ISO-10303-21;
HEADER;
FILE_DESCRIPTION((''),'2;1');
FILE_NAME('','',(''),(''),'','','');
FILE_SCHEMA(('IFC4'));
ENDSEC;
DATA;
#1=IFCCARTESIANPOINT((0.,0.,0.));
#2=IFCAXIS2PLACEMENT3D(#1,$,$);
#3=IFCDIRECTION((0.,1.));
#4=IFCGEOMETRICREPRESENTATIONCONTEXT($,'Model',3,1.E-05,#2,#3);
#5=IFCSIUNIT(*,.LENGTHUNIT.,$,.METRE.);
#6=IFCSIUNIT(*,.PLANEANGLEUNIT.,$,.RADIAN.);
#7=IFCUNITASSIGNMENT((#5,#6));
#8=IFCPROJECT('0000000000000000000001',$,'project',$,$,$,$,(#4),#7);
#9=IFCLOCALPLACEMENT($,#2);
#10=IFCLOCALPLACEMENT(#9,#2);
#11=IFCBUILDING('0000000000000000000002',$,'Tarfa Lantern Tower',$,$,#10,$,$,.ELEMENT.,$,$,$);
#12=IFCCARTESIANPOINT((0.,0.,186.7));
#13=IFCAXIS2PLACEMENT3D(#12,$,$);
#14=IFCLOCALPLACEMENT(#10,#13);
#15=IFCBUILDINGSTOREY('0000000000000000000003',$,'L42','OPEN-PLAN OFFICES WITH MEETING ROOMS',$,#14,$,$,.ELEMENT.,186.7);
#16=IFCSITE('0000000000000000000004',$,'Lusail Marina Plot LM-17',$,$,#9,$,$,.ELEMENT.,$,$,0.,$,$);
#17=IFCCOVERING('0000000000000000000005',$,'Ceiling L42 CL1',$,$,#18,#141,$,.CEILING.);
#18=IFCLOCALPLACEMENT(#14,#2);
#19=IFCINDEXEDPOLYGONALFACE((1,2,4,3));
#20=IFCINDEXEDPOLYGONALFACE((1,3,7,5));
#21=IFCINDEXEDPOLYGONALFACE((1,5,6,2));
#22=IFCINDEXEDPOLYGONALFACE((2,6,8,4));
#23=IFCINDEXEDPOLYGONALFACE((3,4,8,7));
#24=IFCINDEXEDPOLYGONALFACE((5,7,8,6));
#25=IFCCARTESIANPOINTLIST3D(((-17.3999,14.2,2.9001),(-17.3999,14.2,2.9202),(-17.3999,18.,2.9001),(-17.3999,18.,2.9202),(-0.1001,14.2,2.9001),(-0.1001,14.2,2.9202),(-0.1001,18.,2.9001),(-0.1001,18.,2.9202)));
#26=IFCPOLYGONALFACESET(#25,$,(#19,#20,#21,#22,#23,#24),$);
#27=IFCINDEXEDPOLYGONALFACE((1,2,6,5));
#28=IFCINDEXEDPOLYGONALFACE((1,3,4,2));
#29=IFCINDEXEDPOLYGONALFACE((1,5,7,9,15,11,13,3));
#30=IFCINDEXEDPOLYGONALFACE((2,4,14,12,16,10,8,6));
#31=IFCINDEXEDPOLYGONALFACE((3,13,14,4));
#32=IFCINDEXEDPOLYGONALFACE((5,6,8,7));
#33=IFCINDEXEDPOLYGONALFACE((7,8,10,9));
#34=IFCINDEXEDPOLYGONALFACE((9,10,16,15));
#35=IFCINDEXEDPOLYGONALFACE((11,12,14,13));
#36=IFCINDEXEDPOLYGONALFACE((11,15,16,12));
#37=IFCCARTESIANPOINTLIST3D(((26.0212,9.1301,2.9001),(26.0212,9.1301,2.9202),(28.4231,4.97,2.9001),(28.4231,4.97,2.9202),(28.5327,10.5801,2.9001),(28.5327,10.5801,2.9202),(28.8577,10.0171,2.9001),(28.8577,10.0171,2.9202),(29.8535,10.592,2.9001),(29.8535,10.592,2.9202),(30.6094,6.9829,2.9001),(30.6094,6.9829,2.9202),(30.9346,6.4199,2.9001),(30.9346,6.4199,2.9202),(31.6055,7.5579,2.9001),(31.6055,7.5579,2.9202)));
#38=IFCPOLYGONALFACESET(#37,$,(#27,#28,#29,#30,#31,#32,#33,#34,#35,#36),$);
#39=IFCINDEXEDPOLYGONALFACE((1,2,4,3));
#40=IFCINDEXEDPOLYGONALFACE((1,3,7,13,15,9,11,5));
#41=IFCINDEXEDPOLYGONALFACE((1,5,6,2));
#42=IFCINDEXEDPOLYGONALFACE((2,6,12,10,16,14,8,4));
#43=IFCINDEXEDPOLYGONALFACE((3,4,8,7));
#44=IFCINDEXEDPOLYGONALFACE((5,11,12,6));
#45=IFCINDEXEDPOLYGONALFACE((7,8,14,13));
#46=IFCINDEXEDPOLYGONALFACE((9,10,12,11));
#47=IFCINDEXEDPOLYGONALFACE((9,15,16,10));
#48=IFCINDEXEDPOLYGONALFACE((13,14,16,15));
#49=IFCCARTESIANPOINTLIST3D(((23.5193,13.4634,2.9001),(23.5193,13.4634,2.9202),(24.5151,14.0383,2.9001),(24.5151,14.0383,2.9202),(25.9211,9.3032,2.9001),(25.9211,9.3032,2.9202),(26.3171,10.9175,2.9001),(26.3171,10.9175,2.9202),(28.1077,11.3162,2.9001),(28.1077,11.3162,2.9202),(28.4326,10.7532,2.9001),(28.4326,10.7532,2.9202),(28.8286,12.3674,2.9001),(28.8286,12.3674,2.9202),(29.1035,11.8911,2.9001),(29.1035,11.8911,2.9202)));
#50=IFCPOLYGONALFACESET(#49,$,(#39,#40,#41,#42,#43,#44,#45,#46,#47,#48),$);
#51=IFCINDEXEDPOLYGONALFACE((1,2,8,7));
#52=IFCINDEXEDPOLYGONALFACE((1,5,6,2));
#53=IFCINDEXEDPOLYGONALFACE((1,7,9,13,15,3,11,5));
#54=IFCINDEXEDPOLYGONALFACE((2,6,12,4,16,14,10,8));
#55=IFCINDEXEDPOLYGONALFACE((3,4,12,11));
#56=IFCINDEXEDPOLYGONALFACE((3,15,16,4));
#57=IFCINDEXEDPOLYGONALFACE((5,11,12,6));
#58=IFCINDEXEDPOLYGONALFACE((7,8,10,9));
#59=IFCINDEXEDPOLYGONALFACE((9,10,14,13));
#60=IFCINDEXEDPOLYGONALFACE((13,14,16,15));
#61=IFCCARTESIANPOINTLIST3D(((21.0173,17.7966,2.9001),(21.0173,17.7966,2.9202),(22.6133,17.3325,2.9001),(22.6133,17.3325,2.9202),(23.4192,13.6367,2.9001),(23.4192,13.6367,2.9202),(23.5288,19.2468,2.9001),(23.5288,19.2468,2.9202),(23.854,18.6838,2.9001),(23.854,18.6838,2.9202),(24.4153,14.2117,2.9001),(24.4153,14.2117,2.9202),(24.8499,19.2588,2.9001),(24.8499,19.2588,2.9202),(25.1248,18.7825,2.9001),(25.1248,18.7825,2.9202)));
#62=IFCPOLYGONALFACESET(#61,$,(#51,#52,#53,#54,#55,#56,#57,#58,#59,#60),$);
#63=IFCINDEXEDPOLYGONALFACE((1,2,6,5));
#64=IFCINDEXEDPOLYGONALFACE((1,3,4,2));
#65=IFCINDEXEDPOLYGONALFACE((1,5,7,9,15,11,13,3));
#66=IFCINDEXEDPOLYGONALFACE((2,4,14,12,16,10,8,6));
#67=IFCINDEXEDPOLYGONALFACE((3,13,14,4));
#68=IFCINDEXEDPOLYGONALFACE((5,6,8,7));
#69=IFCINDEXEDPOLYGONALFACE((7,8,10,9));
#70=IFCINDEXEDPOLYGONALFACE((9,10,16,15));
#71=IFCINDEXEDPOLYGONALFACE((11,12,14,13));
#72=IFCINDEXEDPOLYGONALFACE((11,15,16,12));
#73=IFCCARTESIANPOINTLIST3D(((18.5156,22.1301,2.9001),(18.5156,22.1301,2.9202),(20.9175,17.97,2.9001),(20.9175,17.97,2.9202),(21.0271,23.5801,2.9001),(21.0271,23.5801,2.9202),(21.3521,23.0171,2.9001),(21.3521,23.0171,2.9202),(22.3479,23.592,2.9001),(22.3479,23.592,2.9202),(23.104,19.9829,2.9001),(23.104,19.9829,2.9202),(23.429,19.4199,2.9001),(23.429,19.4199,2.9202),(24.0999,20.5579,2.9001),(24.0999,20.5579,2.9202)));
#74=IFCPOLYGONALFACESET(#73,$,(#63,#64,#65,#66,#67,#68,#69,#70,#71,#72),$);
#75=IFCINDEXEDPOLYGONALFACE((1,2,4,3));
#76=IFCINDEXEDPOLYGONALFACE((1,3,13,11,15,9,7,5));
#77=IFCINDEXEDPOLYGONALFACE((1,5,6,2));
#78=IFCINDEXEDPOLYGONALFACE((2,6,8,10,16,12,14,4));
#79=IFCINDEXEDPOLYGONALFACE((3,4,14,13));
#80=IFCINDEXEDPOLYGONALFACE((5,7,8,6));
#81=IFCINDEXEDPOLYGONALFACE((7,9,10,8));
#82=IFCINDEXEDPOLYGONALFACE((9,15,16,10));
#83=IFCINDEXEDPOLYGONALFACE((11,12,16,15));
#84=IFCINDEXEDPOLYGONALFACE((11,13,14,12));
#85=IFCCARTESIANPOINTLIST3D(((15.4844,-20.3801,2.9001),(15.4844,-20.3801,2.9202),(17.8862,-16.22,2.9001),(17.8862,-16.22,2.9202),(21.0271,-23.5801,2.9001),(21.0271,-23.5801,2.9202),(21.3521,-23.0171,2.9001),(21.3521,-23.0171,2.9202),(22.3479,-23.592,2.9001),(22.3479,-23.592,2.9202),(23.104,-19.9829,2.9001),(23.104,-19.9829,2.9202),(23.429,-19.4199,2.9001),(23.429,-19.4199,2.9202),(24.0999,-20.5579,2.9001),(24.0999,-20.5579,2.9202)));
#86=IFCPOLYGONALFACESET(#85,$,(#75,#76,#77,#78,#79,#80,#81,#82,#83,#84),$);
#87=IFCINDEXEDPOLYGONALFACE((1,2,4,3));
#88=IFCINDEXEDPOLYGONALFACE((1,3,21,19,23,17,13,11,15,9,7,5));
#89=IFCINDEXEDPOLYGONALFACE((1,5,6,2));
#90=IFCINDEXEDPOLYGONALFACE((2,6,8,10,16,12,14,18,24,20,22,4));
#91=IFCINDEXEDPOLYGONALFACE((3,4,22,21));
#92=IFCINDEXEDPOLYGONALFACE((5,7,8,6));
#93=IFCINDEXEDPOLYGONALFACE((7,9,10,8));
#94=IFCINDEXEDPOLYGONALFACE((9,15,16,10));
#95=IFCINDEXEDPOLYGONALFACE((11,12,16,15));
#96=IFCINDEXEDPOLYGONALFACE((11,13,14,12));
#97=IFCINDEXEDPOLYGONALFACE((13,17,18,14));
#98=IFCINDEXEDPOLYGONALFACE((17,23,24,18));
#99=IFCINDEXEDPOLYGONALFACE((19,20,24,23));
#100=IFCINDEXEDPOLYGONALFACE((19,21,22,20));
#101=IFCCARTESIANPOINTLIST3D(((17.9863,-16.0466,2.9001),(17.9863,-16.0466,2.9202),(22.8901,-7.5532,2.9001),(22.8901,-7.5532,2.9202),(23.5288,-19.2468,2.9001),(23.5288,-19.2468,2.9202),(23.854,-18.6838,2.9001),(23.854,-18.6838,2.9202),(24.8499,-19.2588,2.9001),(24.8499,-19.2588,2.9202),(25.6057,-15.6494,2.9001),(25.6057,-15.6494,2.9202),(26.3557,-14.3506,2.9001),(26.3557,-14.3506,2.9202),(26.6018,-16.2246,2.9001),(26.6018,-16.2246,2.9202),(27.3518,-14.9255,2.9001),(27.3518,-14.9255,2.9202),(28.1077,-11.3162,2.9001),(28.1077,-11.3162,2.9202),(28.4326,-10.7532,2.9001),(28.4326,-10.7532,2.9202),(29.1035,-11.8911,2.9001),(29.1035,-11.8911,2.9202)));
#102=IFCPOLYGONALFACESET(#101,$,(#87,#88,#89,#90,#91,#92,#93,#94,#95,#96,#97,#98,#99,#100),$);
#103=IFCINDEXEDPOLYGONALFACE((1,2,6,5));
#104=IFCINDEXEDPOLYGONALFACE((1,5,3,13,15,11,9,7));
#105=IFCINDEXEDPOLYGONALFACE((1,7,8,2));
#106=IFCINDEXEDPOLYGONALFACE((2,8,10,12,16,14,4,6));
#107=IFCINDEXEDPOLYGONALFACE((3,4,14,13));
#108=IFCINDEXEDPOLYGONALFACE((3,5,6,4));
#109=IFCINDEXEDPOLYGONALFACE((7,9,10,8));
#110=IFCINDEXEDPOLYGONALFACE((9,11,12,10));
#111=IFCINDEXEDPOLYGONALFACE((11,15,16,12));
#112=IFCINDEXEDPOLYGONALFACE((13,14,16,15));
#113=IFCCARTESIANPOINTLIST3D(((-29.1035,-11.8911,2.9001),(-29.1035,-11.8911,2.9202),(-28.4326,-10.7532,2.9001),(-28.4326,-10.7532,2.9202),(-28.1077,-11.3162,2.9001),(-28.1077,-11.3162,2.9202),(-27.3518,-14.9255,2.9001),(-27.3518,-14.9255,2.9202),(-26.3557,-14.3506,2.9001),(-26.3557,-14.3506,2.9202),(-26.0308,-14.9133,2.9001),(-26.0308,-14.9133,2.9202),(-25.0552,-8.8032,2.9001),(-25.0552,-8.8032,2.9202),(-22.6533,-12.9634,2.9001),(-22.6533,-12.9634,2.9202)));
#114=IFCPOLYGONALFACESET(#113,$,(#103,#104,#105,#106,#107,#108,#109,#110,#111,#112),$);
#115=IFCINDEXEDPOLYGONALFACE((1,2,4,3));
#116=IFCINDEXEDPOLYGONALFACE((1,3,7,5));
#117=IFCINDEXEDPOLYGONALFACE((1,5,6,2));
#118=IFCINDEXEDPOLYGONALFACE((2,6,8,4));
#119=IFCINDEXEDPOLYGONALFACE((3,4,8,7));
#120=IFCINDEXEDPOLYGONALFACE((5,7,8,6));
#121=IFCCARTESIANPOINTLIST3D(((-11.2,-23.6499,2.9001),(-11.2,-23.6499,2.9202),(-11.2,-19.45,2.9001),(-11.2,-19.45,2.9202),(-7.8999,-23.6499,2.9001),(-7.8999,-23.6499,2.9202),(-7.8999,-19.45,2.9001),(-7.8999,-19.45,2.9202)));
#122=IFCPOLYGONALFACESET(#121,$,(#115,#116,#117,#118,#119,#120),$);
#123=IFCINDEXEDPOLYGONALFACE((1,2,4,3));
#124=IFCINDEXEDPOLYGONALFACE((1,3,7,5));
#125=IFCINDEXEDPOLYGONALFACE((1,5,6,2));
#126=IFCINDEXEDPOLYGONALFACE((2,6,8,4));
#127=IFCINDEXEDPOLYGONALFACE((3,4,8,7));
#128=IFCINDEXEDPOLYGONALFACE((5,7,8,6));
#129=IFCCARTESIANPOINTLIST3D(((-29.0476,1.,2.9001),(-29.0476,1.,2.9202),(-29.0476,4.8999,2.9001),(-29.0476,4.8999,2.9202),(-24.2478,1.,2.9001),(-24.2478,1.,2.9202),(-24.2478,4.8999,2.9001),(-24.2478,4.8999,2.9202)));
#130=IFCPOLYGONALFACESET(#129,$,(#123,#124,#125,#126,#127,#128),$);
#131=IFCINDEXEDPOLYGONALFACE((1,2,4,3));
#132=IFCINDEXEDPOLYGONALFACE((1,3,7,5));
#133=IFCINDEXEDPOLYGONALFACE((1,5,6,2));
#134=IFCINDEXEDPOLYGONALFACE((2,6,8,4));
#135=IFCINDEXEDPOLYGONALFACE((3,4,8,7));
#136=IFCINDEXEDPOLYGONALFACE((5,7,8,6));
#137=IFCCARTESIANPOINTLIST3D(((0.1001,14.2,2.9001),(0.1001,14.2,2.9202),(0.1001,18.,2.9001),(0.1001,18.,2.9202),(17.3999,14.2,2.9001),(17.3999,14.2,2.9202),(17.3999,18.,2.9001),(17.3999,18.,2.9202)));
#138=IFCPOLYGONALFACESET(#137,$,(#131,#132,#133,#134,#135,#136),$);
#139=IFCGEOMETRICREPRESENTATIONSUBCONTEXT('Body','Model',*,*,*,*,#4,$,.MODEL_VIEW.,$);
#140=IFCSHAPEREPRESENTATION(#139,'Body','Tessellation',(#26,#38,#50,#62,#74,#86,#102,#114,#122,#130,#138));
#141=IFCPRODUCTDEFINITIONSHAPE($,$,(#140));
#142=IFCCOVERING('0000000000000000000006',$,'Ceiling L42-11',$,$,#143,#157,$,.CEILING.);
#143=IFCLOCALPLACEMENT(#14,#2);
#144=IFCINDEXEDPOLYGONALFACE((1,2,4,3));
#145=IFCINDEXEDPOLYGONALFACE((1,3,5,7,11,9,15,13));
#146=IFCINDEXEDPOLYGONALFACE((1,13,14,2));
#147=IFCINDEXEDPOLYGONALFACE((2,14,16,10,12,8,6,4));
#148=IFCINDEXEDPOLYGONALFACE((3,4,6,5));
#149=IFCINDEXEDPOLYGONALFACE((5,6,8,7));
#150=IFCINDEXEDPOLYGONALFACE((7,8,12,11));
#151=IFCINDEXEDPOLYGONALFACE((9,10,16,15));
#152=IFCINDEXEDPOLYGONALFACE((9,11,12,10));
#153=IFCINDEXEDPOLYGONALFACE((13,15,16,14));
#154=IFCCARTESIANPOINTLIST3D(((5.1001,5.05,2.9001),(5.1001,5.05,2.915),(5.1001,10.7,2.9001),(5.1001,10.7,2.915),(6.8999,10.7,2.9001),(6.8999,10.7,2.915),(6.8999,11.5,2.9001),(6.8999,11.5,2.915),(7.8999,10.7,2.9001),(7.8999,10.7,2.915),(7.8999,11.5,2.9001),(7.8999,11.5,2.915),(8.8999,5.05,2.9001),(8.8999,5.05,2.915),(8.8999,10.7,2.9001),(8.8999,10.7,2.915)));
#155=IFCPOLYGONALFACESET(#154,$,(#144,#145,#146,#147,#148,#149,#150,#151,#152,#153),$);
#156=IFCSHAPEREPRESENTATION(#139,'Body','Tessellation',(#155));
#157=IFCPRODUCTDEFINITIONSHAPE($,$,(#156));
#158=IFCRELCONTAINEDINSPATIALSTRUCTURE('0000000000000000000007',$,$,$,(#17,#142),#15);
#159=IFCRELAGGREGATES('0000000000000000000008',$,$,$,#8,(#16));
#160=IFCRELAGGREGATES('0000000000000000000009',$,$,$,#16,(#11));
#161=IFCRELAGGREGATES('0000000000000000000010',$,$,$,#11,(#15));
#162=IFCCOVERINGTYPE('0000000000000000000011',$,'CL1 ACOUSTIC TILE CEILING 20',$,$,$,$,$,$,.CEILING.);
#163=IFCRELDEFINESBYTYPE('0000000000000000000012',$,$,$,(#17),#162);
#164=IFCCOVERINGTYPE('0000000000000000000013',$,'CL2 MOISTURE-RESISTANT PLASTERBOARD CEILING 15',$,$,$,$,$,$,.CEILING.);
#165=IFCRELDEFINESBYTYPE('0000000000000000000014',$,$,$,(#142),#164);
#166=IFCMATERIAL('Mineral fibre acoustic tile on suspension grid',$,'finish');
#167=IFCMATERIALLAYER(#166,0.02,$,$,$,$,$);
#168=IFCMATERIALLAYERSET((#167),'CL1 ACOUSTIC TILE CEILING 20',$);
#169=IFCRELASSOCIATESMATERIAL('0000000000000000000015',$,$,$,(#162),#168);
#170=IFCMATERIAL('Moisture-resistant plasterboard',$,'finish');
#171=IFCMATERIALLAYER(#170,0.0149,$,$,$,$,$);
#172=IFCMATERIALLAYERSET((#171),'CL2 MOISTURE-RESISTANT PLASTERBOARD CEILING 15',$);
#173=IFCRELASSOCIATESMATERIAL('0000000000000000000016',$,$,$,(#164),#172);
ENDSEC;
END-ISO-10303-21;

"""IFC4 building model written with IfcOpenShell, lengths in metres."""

from ifc_helpers import new_model, si_unit, direction, frame, origin, place, context, subcontext, project, spatial, polyline, outline, extrude, material, layer, layer_set, type_object, element, save


model = new_model("IFC4")

# Units and contexts
model_context = context("Model", 3, precision=1e-05, world=origin(), true_north=direction((0.0, 1.0)))
body_context = subcontext(model_context, "Body", "Model", "MODEL_VIEW")
ifc_project = project(units=[si_unit("LENGTHUNIT", "METRE"), si_unit("PLANEANGLEUNIT", "RADIAN")], contexts=[model_context])

# Site, building, storey
site_placement = place(None, origin())
site = spatial("IfcSite", under=ifc_project, at=site_placement, Name="Lusail Marina Plot LM-17", CompositionType="ELEMENT", RefElevation=0.0)
building_placement = place(site_placement, origin())
building = spatial("IfcBuilding", under=site, at=building_placement, Name="Tarfa Lantern Tower", CompositionType="ELEMENT")
storey_placement = place(building_placement, frame((0.0, 0.0, 186.7)))
storey = spatial("IfcBuildingStorey", under=building, at=storey_placement, Name="L42", Description="OPEN-PLAN OFFICES WITH MEETING ROOMS", CompositionType="ELEMENT", Elevation=186.7)

# Coverings
ifc_material_1 = material(Name="Mineral fibre acoustic tile on suspension grid", Category="finish")
ifc_layer_1 = layer(ifc_material_1, 0.02)
ifc_layer_set_1 = layer_set([ifc_layer_1], Name="CL1 ACOUSTIC TILE CEILING 20")
covering_type_1 = type_object("IfcCoveringType", Name="CL1 ACOUSTIC TILE CEILING 20", PredefinedType="CEILING", material=ifc_layer_set_1)
covering_1_placement = place(storey_placement, frame((0.0, 0.0, 2.9001)))
element("IfcCovering", 1, at=covering_1_placement, inside=storey, type_object=covering_type_1, Name="Ceiling L42 CL1", PredefinedType="CEILING", context=body_context, shape_type="SweptSolid", body=[
    extrude(outline(polyline([(-17.3999, 18.0), (-0.1001, 18.0), (-0.1001, 14.2), (-17.3999, 14.2), (-17.3999, 18.0)])), origin(), (0.0, 0.0, 1.0), 0.02),
    extrude(outline(polyline([(26.0212, 9.1301), (28.5327, 10.5801), (28.8577, 10.0171), (29.8535, 10.592), (31.6055, 7.5579), (30.6094, 6.9829), (30.9346, 6.4199), (28.4231, 4.97), (26.0212, 9.1301)])), origin(), (0.0, 0.0, 1.0), 0.02),
    extrude(outline(polyline([(25.9211, 9.3032), (23.5193, 13.4634), (24.5151, 14.0383), (26.3171, 10.9175), (28.8286, 12.3674), (29.1035, 11.8911), (28.1077, 11.3162), (28.4326, 10.7532), (25.9211, 9.3032)])), origin(), (0.0, 0.0, 1.0), 0.02),
    extrude(outline(polyline([(21.0173, 17.7966), (23.5288, 19.2468), (23.854, 18.6838), (24.8499, 19.2588), (25.1248, 18.7825), (22.6133, 17.3325), (24.4153, 14.2117), (23.4192, 13.6367), (21.0173, 17.7966)])), origin(), (0.0, 0.0, 1.0), 0.02),
    extrude(outline(polyline([(18.5156, 22.1301), (21.0271, 23.5801), (21.3521, 23.0171), (22.3479, 23.592), (24.0999, 20.5579), (23.104, 19.9829), (23.429, 19.4199), (20.9175, 17.97), (18.5156, 22.1301)])), origin(), (0.0, 0.0, 1.0), 0.02),
    extrude(outline(polyline([(17.8862, -16.22), (23.429, -19.4199), (23.104, -19.9829), (24.0999, -20.5579), (22.3479, -23.592), (21.3521, -23.0171), (21.0271, -23.5801), (15.4844, -20.3801), (17.8862, -16.22)])), origin(), (0.0, 0.0, 1.0), 0.02),
    extrude(outline(polyline([(22.8901, -7.5532), (28.4326, -10.7532), (28.1077, -11.3162), (29.1035, -11.8911), (27.3518, -14.9255), (26.3557, -14.3506), (25.6057, -15.6494), (26.6018, -16.2246), (24.8499, -19.2588), (23.854, -18.6838), (23.5288, -19.2468), (17.9863, -16.0466), (22.8901, -7.5532)])), origin(), (0.0, 0.0, 1.0), 0.02),
    extrude(outline(polyline([(-22.6533, -12.9634), (-26.0308, -14.9133), (-26.3557, -14.3506), (-27.3518, -14.9255), (-29.1035, -11.8911), (-28.1077, -11.3162), (-28.4326, -10.7532), (-25.0552, -8.8032), (-22.6533, -12.9634)])), origin(), (0.0, 0.0, 1.0), 0.02),
    extrude(outline(polyline([(-7.8999, -23.6499), (-11.2, -23.6499), (-11.2, -19.45), (-7.8999, -19.45), (-7.8999, -23.6499)])), origin(), (0.0, 0.0, 1.0), 0.02),
    extrude(outline(polyline([(-29.0476, 1.0), (-29.0476, 4.8999), (-24.2478, 4.8999), (-24.2478, 1.0), (-29.0476, 1.0)])), origin(), (0.0, 0.0, 1.0), 0.02),
    extrude(outline(polyline([(0.1001, 18.0), (17.3999, 18.0), (17.3999, 14.2), (0.1001, 14.2), (0.1001, 18.0)])), origin(), (0.0, 0.0, 1.0), 0.02),
])
ifc_material_2 = material(Name="Moisture-resistant plasterboard", Category="finish")
ifc_layer_2 = layer(ifc_material_2, 0.0149)
ifc_layer_set_2 = layer_set([ifc_layer_2], Name="CL2 MOISTURE-RESISTANT PLASTERBOARD CEILING 15")
covering_type_2 = type_object("IfcCoveringType", Name="CL2 MOISTURE-RESISTANT PLASTERBOARD CEILING 15", PredefinedType="CEILING", material=ifc_layer_set_2)
covering_2_placement = place(storey_placement, frame((0.0, 0.0, 2.9001)))
element("IfcCovering", 2, at=covering_2_placement, inside=storey, type_object=covering_type_2, Name="Ceiling L42-11", PredefinedType="CEILING", context=body_context, shape_type="SweptSolid", body=[
    extrude(outline(polyline([(5.1001, 5.05), (8.8999, 5.05), (8.8999, 10.7), (7.8999, 10.7), (7.8999, 11.5), (6.8999, 11.5), (6.8999, 10.7), (5.1001, 10.7), (5.1001, 5.05)])), origin(), (0.0, 0.0, 1.0), 0.0149),
])

save(model, "model.ifc")
